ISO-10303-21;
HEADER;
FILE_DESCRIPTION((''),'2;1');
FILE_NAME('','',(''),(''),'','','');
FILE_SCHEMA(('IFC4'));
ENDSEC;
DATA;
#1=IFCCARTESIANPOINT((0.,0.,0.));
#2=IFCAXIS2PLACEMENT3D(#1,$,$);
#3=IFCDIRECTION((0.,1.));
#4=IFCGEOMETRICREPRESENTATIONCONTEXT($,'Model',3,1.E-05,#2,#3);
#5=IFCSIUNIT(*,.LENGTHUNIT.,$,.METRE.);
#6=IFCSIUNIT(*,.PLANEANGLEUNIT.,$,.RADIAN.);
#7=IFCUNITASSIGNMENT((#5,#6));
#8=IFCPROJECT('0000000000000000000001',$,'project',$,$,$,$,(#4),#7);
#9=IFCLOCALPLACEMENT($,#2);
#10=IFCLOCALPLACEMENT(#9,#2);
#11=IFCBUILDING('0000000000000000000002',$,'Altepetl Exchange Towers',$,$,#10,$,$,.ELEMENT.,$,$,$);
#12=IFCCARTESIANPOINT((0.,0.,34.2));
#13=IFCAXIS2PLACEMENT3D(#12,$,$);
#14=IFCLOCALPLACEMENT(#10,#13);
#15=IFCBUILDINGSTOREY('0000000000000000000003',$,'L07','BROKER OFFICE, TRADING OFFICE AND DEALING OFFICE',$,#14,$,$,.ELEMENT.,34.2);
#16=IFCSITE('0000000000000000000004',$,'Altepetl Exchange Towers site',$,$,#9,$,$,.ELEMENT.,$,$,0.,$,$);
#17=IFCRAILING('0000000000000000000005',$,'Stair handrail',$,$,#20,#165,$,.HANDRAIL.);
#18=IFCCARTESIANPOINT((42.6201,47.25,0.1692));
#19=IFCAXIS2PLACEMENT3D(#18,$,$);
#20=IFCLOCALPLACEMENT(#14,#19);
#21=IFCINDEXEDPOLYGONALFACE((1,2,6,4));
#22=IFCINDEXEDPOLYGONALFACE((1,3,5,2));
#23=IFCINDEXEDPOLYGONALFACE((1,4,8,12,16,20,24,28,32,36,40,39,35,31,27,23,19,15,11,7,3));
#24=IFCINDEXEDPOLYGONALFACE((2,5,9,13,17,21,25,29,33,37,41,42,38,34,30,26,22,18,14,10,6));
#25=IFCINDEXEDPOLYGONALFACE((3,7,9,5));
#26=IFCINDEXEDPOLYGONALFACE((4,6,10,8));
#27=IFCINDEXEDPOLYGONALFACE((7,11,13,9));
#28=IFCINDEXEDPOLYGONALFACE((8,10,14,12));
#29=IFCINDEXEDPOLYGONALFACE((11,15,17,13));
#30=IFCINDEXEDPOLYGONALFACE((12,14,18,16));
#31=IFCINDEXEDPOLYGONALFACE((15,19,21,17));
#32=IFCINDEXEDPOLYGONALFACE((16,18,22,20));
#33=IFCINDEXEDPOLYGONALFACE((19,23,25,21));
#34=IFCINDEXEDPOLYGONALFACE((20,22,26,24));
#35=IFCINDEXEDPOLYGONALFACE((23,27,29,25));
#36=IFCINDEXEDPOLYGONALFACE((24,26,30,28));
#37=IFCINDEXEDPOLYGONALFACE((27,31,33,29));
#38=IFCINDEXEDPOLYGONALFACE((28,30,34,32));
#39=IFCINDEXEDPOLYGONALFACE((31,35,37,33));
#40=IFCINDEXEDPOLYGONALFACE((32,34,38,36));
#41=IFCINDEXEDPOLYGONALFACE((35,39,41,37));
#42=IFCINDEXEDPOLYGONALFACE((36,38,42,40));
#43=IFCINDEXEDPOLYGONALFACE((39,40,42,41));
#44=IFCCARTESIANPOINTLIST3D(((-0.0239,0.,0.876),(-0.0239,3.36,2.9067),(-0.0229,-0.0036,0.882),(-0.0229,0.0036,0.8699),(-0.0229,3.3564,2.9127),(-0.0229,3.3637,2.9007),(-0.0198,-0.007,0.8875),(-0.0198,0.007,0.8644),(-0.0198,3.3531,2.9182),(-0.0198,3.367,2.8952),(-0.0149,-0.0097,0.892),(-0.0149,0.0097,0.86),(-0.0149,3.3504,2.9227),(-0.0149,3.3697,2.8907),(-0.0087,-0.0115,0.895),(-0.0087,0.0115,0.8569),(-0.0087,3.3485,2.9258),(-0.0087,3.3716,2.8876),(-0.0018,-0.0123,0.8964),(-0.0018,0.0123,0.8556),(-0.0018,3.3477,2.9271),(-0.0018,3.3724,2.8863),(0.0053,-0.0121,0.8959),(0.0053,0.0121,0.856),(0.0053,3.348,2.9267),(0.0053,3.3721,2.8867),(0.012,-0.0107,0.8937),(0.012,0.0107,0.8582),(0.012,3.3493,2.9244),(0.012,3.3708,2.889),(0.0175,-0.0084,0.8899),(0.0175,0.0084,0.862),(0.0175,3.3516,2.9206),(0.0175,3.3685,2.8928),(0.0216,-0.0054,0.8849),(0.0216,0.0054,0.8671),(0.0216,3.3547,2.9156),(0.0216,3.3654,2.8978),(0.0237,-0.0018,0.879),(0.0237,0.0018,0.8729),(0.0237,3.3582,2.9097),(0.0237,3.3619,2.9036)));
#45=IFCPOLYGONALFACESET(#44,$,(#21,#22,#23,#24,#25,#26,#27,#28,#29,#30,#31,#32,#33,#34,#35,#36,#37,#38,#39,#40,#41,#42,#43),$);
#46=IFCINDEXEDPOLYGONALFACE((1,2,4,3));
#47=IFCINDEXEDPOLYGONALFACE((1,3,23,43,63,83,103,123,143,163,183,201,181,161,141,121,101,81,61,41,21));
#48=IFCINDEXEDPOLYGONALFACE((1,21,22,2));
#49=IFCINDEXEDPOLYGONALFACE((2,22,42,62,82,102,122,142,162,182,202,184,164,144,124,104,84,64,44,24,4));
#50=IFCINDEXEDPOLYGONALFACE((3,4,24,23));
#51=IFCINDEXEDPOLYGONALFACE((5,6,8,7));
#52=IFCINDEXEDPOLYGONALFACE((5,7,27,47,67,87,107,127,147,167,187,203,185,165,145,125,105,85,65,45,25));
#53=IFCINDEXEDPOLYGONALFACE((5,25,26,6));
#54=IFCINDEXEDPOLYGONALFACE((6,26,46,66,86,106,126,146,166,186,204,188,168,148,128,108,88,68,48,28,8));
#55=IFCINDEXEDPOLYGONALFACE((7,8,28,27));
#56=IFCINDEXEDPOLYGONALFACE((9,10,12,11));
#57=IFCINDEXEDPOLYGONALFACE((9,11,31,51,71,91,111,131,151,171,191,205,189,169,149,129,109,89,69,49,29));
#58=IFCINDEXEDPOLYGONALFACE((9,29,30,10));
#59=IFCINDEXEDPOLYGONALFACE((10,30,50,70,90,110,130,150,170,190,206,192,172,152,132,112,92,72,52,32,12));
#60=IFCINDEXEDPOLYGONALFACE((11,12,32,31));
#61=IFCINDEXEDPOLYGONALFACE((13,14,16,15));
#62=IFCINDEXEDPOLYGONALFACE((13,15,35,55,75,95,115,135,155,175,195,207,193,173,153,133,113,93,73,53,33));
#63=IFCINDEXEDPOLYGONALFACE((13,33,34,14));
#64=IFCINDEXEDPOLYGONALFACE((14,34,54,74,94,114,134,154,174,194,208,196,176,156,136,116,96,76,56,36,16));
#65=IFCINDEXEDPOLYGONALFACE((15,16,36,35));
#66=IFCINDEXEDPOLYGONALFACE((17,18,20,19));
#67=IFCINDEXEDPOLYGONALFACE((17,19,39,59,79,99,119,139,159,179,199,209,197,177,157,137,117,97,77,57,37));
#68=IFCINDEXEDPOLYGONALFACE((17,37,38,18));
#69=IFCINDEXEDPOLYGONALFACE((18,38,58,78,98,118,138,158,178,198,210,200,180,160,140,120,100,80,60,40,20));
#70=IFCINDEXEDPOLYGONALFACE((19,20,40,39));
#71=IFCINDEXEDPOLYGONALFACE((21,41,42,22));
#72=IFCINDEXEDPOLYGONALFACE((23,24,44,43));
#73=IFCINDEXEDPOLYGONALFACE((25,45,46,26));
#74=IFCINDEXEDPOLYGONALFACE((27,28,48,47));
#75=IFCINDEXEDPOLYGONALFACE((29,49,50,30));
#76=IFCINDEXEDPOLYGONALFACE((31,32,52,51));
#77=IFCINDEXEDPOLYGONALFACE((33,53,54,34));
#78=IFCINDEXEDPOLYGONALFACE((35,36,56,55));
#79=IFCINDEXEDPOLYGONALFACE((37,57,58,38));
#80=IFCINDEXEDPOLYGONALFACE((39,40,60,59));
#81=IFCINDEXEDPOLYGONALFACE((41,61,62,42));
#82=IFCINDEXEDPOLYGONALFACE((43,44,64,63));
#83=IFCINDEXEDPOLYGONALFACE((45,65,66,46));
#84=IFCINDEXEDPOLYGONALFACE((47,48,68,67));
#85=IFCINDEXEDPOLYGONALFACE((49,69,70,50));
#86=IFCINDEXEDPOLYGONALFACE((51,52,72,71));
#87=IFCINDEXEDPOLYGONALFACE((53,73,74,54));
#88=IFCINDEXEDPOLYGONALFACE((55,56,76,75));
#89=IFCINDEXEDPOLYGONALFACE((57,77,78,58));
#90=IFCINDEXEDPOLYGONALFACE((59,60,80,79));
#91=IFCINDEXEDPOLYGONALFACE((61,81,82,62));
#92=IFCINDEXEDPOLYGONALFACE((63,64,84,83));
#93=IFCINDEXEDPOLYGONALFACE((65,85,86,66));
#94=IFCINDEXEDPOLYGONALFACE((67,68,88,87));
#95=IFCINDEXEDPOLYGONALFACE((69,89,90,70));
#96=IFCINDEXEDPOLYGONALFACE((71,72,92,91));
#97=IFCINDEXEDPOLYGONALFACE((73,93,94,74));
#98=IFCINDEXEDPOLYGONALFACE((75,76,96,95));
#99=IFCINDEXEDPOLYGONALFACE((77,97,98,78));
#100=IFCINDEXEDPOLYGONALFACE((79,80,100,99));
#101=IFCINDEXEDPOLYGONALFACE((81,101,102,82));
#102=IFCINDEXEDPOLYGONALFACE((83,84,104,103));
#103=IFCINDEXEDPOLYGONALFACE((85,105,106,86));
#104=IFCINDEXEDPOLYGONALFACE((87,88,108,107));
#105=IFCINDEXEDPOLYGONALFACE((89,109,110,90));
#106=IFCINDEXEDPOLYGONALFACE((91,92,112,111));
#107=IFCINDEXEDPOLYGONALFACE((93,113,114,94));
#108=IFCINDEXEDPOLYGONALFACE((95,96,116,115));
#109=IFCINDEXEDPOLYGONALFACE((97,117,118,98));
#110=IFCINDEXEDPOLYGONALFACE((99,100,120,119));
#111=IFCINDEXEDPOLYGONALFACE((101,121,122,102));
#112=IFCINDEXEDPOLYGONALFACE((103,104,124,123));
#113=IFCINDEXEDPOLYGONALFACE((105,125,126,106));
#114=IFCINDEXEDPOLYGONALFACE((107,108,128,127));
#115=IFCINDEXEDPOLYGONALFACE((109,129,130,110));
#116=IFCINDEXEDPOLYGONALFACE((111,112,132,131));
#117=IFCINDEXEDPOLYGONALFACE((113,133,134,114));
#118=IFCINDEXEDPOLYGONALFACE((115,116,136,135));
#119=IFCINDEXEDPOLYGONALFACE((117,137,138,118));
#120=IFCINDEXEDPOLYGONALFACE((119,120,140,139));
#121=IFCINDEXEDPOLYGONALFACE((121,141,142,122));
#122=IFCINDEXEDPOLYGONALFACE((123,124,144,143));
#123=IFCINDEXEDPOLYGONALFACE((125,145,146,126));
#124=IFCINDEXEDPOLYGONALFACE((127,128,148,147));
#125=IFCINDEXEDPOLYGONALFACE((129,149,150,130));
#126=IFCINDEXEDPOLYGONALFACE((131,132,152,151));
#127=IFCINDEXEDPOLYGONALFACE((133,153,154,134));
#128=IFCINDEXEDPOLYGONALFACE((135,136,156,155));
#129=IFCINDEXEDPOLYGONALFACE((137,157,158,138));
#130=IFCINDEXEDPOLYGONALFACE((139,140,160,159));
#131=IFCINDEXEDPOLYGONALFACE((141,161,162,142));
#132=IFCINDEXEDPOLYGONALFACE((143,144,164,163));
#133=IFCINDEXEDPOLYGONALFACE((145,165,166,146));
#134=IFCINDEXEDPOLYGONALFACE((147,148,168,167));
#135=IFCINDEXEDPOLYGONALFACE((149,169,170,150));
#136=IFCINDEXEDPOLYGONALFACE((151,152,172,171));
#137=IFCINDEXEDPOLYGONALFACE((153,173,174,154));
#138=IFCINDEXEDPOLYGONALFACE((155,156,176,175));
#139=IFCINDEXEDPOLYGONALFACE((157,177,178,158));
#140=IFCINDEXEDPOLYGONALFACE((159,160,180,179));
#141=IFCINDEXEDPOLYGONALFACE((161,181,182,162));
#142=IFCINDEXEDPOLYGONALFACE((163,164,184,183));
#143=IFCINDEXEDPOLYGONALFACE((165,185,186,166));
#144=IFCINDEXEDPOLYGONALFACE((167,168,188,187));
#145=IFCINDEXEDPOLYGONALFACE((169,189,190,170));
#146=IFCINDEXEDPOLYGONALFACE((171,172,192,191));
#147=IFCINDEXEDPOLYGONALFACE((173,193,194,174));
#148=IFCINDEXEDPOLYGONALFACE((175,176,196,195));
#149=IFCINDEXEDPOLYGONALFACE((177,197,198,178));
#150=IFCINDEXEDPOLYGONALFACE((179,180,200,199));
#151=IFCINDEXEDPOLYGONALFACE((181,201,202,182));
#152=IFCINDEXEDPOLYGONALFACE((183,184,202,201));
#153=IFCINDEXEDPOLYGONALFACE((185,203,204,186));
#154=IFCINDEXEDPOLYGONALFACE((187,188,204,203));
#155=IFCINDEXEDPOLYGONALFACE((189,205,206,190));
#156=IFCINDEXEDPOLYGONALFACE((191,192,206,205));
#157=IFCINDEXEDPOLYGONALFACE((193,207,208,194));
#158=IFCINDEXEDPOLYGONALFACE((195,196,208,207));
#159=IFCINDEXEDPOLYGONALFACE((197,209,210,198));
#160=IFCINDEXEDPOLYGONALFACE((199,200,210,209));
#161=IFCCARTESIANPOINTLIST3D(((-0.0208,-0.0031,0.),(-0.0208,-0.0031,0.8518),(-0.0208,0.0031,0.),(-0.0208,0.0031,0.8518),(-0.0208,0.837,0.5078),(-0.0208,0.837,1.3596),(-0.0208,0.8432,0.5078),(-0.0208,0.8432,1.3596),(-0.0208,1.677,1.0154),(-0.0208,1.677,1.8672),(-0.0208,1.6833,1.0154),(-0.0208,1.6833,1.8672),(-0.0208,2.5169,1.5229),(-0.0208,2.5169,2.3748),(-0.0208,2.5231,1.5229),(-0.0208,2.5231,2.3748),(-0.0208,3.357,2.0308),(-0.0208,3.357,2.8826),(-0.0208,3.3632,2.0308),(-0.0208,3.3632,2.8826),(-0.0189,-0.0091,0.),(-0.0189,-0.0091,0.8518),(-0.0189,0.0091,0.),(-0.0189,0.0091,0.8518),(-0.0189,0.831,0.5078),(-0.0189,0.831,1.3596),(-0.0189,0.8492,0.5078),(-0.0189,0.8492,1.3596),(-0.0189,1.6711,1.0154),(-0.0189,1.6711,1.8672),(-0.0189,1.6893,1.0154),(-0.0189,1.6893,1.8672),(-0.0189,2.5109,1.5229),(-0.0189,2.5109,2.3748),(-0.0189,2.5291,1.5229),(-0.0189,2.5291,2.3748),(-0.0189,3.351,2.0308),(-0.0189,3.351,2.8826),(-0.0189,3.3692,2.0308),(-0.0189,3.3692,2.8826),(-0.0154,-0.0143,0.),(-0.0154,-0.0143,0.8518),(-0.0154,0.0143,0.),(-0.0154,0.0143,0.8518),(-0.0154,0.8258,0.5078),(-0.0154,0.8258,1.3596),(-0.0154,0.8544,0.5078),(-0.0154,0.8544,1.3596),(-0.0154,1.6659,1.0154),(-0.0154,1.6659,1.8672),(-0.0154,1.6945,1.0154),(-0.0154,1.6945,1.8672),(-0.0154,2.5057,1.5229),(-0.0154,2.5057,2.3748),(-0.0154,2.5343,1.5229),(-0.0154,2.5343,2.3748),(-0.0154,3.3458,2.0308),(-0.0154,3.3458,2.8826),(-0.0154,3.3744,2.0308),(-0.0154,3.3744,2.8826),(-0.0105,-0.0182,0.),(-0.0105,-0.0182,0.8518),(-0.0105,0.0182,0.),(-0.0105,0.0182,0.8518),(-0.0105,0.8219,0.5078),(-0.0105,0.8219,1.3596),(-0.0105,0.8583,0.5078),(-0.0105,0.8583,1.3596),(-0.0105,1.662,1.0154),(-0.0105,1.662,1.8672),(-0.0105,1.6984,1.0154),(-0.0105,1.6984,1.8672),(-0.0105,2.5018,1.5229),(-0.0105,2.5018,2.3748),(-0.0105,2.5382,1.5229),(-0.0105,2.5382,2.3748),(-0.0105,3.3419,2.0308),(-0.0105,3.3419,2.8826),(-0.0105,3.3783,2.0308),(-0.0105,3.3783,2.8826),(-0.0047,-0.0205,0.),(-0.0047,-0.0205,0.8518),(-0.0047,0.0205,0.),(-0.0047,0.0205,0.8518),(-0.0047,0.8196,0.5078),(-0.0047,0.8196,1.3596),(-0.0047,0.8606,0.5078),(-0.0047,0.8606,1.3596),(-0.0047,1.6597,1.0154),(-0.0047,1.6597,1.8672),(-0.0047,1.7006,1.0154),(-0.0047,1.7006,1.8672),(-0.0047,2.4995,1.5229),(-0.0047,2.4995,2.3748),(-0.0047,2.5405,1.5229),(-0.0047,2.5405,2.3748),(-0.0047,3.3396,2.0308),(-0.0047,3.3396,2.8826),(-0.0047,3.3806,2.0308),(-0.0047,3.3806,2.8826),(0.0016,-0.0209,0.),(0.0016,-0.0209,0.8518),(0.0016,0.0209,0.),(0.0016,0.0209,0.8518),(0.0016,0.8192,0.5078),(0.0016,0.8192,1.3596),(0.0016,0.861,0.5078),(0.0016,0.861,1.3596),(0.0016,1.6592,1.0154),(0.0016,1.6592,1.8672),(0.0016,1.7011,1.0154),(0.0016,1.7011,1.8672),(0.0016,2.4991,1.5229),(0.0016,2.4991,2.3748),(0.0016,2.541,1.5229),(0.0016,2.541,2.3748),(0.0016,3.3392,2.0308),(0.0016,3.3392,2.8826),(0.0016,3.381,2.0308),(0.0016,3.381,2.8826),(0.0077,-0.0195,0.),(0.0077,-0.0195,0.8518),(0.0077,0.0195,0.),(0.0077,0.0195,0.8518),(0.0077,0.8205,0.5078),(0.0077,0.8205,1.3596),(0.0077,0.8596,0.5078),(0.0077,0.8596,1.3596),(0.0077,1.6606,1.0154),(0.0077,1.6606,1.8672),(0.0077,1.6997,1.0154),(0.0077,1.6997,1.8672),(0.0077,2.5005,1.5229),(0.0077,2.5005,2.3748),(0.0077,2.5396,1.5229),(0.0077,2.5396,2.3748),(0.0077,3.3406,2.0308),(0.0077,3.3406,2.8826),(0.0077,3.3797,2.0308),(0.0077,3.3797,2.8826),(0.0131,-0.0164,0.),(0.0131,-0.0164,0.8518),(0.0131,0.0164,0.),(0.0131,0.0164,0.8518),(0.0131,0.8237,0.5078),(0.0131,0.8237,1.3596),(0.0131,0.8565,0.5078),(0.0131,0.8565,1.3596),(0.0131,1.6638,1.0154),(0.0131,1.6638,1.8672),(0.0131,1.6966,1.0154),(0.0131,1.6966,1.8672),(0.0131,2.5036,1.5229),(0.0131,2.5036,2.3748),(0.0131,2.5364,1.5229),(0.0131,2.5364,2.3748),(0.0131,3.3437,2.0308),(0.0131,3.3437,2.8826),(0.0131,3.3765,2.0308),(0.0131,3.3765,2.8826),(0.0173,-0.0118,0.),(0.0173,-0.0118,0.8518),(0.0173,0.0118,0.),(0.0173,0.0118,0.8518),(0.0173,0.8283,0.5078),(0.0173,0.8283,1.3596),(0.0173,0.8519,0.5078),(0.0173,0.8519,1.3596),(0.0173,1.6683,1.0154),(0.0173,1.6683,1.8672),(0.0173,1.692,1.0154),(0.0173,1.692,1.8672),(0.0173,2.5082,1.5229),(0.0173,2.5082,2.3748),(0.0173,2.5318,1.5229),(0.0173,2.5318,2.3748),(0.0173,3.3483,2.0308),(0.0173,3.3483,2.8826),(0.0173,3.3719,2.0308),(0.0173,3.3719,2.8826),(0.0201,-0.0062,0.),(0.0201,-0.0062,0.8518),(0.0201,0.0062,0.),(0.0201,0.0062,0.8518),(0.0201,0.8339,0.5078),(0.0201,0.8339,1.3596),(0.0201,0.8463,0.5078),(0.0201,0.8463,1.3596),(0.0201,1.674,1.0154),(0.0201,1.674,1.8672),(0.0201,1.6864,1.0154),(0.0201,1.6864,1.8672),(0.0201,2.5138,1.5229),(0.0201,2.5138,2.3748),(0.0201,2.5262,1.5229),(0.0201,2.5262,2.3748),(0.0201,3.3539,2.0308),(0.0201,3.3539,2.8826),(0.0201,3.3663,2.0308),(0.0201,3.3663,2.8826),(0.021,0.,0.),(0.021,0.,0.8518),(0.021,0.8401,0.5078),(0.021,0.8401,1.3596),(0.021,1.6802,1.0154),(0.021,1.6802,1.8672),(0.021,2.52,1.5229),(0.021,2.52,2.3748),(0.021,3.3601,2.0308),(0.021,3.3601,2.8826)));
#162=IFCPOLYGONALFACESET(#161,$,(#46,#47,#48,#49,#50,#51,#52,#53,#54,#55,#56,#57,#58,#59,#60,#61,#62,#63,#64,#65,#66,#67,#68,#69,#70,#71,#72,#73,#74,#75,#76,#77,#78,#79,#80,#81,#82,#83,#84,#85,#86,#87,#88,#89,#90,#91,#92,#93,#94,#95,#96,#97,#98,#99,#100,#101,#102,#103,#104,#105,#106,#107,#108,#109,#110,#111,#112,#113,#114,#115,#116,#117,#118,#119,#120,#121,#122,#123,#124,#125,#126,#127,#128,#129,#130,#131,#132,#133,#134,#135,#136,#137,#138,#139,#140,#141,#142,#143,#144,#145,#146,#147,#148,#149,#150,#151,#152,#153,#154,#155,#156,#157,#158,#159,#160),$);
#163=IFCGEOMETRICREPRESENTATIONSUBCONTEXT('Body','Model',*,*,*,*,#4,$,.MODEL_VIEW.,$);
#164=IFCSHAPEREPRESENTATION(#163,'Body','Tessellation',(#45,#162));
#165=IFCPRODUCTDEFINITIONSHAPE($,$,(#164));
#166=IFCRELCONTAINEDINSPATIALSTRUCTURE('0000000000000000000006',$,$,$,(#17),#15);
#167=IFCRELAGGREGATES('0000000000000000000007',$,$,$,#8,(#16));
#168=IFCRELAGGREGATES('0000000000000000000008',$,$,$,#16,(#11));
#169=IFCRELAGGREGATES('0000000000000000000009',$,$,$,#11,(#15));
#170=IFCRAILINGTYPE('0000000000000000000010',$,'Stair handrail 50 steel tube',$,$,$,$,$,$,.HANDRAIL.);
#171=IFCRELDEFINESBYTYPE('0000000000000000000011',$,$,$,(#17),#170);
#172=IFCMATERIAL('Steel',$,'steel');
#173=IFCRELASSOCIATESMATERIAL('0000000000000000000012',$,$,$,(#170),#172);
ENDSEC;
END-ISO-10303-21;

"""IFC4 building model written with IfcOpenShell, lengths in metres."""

from ifc_helpers import new_model, si_unit, direction, frame, origin, origin_2d, place, context, subcontext, project, spatial, circle, extrude, source, transform, mapped, material, type_object, element, save


model = new_model("IFC4")

# Units and contexts
model_context = context("Model", 3, precision=1e-05, world=origin(), true_north=direction((0.0, 1.0)))
body_context = subcontext(model_context, "Body", "Model", "MODEL_VIEW")
ifc_project = project(units=[si_unit("LENGTHUNIT", "METRE"), si_unit("PLANEANGLEUNIT", "RADIAN")], contexts=[model_context])

# Site, building, storey
site_placement = place(None, origin())
site = spatial("IfcSite", under=ifc_project, at=site_placement, Name="Altepetl Exchange Towers site", CompositionType="ELEMENT", RefElevation=0.0)
building_placement = place(site_placement, origin())
building = spatial("IfcBuilding", under=site, at=building_placement, Name="Altepetl Exchange Towers", CompositionType="ELEMENT")
storey_placement = place(building_placement, frame((0.0, 0.0, 34.2)))
storey = spatial("IfcBuildingStorey", under=building, at=storey_placement, Name="L07", Description="BROKER OFFICE, TRADING OFFICE AND DEALING OFFICE", CompositionType="ELEMENT", Elevation=34.2)

# Railing
ifc_material_1 = material(Name="Steel", Category="steel")
railing_type = type_object("IfcRailingType", Name="Stair handrail 50 steel tube", PredefinedType="HANDRAIL", material=ifc_material_1)
shared_shape = source(origin(), body_context, "Body", "SweptSolid", [
    extrude(circle(Radius=0.021, at=origin_2d()), origin(), (0.0, 0.0, 1.0), 0.8518),
])
railing_1_placement = place(storey_placement, frame((42.6201, 47.25, 0.1692)))
element("IfcRailing", 1, at=railing_1_placement, inside=storey, type_object=railing_type, Name="Stair handrail", PredefinedType="HANDRAIL", context=body_context, shape_type="SweptSolid", body=[
    extrude(circle(Radius=0.0239, at=origin_2d()), frame((0.0, 0.0, 0.876), z_axis=(0.0, 0.855837, 0.517246), x_axis=(-1.0, 0.0, 0.0)), (0.0, 0.0, 1.0), 3.926),
    mapped(shared_shape, transform((0.0, 0.0, 0.0))),
    mapped(shared_shape, transform((0.0, 0.8401, 0.5078))),
    mapped(shared_shape, transform((0.0, 1.6802, 1.0154))),
    mapped(shared_shape, transform((0.0, 2.52, 1.5229))),
    mapped(shared_shape, transform((0.0, 3.3601, 2.0308))),
])

save(model, "model.ifc")
